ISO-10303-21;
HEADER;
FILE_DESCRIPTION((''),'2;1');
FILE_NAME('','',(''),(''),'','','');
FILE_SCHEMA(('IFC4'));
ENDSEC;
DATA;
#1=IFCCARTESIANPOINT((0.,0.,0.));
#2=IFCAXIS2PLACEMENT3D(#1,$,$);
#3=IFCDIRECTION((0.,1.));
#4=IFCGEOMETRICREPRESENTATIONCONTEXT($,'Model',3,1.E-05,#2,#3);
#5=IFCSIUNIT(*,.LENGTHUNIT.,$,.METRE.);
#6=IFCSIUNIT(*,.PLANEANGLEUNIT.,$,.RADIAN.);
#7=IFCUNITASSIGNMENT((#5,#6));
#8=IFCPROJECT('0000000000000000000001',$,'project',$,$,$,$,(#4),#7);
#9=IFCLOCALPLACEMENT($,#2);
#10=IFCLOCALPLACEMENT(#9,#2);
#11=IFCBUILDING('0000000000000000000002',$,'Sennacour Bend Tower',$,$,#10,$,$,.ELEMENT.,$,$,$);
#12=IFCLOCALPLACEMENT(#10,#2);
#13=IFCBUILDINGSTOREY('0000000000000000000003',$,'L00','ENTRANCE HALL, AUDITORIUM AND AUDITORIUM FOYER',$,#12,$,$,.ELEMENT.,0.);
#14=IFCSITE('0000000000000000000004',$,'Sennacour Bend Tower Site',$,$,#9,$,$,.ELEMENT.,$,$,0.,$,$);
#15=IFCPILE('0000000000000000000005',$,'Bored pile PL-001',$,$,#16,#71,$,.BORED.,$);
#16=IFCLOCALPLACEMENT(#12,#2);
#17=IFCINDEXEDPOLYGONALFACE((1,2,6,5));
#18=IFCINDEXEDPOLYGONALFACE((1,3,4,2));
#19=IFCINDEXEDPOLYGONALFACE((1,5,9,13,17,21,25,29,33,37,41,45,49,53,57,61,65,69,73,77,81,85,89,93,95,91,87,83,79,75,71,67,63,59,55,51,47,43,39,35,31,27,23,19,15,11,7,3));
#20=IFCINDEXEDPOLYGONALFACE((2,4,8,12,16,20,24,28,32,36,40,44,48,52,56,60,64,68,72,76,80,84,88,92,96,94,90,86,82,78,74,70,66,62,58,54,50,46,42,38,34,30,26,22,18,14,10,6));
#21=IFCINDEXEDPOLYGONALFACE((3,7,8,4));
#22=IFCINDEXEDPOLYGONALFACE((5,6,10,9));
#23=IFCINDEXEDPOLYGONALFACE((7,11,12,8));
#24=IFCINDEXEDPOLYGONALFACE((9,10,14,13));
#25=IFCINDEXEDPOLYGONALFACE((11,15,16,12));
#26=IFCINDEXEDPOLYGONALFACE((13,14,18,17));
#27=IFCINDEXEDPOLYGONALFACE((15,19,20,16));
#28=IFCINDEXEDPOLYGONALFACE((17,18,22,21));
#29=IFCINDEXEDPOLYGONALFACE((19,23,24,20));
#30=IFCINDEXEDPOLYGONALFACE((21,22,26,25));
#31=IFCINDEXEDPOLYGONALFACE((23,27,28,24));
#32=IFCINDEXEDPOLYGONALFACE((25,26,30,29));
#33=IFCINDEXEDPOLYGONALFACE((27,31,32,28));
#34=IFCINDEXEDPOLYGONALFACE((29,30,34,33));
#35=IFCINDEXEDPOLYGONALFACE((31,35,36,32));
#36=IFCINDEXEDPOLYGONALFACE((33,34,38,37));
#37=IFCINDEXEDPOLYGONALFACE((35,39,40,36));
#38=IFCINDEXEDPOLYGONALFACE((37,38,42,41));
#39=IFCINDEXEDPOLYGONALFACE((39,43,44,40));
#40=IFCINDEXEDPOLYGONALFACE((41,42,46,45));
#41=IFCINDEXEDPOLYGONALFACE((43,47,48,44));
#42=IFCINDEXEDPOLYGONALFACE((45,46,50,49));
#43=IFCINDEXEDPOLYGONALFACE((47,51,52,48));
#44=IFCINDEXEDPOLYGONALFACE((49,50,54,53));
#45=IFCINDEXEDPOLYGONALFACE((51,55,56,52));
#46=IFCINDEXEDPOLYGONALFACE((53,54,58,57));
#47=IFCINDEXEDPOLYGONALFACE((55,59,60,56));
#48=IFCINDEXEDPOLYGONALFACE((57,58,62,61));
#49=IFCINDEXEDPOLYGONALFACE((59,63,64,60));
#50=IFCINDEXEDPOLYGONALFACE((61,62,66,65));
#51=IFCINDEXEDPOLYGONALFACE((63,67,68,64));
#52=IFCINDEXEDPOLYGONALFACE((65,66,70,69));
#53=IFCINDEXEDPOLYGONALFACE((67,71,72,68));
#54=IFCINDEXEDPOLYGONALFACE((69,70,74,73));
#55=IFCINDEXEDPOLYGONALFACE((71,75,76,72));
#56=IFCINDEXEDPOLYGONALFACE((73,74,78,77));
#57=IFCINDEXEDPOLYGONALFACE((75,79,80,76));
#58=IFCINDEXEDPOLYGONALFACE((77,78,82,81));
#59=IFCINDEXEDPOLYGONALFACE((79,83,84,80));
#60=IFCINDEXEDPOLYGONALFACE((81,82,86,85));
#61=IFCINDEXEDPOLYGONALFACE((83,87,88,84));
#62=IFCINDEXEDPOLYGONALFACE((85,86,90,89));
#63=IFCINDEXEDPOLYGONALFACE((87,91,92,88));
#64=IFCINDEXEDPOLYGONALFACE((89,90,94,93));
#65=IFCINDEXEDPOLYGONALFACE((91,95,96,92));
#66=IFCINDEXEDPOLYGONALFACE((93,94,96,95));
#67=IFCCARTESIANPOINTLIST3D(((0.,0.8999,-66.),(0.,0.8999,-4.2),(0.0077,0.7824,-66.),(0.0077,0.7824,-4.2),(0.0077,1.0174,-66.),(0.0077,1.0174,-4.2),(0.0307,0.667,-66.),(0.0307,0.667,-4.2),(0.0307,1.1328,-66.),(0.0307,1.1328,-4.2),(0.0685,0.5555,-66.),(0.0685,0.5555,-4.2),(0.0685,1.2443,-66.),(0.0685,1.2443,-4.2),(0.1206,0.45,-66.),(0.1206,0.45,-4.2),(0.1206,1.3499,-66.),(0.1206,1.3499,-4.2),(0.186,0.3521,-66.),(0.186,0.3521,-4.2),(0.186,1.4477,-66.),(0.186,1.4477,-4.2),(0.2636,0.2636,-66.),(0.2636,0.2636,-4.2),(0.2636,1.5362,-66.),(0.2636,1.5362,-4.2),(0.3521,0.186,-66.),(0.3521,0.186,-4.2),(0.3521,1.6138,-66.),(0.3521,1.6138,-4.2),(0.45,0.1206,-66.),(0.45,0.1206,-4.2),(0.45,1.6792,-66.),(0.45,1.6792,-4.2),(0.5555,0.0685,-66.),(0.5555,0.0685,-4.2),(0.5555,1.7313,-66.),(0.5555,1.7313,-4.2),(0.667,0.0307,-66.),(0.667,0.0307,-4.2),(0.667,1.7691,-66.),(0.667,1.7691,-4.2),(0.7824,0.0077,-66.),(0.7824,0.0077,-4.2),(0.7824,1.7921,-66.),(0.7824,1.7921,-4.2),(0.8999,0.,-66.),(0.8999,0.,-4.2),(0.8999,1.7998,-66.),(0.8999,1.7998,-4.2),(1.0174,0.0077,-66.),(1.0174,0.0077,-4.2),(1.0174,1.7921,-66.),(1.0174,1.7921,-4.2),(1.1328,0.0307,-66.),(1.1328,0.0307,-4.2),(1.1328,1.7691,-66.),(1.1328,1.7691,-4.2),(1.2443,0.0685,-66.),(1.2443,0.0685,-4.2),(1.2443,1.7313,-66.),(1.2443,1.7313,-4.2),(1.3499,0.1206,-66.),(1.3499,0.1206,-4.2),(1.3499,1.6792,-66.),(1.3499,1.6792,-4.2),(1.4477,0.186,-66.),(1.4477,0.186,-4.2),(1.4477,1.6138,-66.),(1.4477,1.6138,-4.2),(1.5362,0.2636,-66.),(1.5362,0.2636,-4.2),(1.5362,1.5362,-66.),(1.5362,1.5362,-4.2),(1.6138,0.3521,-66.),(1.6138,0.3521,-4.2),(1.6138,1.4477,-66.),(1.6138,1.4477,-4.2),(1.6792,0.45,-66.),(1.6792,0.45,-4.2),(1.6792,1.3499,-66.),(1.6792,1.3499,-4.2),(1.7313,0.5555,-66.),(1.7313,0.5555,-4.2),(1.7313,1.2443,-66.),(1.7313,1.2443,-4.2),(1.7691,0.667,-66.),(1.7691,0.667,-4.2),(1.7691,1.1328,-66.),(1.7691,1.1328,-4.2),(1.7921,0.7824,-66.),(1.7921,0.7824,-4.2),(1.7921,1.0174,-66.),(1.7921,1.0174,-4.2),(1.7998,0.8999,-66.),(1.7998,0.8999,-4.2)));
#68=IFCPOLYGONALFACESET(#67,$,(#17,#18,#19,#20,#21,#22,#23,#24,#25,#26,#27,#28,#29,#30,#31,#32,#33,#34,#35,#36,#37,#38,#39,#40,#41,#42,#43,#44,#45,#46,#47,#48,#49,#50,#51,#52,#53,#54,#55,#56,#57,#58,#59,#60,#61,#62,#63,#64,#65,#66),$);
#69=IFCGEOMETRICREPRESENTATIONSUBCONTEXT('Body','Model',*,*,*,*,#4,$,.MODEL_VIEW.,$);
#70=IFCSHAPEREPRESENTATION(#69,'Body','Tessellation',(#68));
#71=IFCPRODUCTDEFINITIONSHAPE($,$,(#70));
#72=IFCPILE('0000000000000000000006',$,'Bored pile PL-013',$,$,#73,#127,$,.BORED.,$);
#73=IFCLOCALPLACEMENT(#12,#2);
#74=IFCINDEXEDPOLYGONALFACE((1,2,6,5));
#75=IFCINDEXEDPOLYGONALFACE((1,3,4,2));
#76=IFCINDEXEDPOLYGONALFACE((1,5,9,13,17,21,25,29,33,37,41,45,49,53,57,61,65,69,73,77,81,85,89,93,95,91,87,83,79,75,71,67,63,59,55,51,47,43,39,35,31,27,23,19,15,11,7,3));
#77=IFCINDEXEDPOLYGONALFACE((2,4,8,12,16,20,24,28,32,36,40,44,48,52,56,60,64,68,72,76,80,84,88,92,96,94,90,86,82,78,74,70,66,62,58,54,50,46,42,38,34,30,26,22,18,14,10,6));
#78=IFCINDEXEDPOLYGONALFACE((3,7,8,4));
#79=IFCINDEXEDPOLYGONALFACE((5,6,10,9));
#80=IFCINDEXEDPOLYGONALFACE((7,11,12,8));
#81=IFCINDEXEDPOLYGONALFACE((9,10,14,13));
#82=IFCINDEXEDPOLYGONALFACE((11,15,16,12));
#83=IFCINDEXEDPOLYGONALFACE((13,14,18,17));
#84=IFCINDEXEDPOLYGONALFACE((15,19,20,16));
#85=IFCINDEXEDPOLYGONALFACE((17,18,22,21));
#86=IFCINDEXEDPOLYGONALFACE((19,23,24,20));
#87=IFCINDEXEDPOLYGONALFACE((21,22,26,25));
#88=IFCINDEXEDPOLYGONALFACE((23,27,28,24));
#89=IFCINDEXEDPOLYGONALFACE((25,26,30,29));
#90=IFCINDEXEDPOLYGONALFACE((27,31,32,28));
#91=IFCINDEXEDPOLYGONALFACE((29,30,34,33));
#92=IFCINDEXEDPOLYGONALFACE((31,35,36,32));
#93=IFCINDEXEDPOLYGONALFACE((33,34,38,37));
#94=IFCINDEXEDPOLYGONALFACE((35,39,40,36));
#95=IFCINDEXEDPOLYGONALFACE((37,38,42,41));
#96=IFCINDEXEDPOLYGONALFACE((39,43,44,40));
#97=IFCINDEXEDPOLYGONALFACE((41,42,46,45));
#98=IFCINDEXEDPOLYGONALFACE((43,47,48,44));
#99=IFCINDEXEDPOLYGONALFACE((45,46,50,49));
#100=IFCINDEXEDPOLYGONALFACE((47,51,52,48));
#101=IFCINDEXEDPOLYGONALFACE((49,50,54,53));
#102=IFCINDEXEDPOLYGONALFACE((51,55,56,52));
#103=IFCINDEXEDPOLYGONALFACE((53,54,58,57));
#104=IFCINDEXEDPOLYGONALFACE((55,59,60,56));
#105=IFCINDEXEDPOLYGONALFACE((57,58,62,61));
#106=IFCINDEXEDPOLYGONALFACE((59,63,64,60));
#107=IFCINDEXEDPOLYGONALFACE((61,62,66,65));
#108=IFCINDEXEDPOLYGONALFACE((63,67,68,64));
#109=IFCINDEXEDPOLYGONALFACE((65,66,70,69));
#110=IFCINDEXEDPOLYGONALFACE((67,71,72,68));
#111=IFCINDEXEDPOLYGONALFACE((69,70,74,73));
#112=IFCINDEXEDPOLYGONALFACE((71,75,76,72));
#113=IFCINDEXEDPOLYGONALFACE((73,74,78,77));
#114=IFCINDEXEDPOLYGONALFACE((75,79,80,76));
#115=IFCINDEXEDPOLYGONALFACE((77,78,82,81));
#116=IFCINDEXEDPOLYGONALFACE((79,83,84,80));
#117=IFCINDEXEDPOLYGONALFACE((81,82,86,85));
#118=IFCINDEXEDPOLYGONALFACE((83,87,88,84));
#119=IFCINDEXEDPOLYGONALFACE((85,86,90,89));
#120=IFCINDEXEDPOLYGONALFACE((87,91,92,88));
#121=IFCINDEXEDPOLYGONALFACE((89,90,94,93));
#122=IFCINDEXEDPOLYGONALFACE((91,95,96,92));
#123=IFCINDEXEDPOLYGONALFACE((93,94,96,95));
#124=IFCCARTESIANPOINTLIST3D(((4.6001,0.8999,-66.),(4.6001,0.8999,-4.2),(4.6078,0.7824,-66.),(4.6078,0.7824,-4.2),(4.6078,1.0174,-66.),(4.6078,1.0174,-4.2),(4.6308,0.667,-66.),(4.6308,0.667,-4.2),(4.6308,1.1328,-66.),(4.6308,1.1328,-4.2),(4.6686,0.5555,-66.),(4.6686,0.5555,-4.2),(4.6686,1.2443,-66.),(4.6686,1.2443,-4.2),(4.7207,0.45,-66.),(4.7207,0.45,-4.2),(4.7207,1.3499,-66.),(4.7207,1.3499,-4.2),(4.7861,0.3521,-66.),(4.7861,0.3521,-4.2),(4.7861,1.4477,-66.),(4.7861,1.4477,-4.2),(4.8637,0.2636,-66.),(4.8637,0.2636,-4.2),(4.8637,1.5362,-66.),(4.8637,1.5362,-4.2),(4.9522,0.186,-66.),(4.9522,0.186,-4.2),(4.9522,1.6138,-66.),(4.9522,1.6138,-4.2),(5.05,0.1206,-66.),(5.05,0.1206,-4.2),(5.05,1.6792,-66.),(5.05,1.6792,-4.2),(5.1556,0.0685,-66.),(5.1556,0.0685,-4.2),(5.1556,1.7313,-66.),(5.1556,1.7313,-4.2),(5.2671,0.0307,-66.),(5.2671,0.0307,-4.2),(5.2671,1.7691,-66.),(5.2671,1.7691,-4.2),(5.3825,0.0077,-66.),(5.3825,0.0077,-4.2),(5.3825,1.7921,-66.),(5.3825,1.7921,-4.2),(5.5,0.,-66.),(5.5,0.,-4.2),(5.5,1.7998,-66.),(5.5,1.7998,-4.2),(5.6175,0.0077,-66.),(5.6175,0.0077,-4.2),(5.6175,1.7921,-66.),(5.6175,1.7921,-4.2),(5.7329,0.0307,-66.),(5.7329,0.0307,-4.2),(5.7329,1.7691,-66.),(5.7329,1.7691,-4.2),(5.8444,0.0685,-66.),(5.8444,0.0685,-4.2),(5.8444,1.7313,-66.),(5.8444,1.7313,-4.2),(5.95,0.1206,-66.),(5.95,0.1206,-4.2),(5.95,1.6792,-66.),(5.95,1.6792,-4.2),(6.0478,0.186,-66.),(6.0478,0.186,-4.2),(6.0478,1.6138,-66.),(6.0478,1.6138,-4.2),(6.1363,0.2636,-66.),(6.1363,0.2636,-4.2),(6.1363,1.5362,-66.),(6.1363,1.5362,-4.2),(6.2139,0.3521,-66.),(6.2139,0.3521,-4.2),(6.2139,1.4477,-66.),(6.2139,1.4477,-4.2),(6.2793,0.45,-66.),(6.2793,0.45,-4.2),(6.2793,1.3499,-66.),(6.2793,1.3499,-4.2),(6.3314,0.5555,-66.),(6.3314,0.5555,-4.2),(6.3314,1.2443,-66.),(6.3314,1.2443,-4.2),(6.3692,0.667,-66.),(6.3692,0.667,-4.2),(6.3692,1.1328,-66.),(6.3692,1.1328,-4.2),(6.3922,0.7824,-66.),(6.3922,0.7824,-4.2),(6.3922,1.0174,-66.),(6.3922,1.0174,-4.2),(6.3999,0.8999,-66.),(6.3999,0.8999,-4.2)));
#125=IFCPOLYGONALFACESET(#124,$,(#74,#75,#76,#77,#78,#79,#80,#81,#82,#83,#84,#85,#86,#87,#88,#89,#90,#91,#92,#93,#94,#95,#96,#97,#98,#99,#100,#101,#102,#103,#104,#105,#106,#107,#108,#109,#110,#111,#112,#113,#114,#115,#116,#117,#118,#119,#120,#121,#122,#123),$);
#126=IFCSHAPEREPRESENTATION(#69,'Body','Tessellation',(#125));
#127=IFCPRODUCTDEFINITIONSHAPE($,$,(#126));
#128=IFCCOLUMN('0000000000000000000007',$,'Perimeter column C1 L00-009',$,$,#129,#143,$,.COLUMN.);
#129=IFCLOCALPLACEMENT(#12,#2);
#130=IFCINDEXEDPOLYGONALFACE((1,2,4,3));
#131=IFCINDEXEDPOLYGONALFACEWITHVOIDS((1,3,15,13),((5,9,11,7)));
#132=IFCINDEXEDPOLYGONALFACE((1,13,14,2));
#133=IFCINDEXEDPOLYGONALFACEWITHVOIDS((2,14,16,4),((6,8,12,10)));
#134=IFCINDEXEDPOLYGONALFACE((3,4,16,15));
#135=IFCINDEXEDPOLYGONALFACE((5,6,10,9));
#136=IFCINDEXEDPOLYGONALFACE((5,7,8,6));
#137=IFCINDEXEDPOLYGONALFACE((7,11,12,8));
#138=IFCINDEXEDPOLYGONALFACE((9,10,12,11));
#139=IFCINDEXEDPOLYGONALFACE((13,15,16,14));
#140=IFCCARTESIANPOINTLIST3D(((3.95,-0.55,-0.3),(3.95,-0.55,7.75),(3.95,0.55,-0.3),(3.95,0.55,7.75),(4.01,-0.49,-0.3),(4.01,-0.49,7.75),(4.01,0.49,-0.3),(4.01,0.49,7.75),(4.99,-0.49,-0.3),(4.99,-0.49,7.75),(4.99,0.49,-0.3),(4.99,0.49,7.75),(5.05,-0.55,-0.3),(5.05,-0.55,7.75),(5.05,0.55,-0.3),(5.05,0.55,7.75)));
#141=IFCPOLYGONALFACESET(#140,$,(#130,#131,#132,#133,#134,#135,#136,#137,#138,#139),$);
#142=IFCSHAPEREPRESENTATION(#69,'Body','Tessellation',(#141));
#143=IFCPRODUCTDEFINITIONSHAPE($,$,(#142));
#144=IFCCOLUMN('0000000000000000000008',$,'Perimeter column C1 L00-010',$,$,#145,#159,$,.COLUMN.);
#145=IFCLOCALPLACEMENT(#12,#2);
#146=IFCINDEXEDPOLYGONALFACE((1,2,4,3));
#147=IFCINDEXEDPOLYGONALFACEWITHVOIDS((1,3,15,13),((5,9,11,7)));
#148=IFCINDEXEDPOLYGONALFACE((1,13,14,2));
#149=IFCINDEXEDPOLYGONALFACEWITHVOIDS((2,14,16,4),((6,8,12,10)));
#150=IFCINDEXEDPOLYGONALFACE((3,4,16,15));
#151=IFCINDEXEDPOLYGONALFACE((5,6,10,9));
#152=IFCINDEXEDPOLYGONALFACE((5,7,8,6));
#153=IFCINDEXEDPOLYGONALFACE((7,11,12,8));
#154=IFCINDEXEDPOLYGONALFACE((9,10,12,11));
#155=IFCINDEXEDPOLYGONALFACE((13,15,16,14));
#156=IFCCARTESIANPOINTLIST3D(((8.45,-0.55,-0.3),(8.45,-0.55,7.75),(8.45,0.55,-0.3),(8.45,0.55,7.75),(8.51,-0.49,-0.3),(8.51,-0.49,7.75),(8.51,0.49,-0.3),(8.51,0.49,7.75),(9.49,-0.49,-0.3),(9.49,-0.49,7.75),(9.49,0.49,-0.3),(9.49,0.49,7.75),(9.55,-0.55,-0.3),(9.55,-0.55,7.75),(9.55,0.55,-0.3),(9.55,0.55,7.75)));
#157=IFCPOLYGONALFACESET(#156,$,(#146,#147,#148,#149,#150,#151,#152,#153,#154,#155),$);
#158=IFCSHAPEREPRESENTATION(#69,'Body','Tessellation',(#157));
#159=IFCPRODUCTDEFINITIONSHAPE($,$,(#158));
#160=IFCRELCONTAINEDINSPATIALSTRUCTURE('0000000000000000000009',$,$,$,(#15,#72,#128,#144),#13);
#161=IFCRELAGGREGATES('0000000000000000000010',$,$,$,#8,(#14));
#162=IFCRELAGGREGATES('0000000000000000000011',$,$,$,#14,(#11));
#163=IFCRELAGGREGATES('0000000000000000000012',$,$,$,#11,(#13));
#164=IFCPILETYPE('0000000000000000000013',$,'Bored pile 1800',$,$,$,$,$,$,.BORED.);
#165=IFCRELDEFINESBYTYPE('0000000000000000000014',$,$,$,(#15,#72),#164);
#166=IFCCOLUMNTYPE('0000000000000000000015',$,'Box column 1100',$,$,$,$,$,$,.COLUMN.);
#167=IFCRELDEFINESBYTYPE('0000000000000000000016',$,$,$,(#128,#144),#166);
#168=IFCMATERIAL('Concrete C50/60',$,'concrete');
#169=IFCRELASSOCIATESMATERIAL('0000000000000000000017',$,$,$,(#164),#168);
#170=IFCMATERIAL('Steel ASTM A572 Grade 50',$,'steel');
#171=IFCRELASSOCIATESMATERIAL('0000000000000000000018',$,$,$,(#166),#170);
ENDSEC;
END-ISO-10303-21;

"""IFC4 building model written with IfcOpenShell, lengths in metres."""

from ifc_helpers import new_model, si_unit, direction, frame, origin, origin_2d, place, context, subcontext, project, spatial, hollow_rectangle, circle, extrude, material, material_profile, profile_set, type_object, element, save


model = new_model("IFC4")

# Units and contexts
model_context = context("Model", 3, precision=1e-05, world=origin(), true_north=direction((0.0, 1.0)))
body_context = subcontext(model_context, "Body", "Model", "MODEL_VIEW")
ifc_project = project(units=[si_unit("LENGTHUNIT", "METRE"), si_unit("PLANEANGLEUNIT", "RADIAN")], contexts=[model_context])

# Site, building, storey
site_placement = place(None, origin())
site = spatial("IfcSite", under=ifc_project, at=site_placement, Name="Sennacour Bend Tower Site", CompositionType="ELEMENT", RefElevation=0.0)
building_placement = place(site_placement, origin())
building = spatial("IfcBuilding", under=site, at=building_placement, Name="Sennacour Bend Tower", CompositionType="ELEMENT")
storey_placement = place(building_placement, origin())
storey = spatial("IfcBuildingStorey", under=building, at=storey_placement, Name="L00", Description="ENTRANCE HALL, AUDITORIUM AND AUDITORIUM FOYER", CompositionType="ELEMENT", Elevation=0.0)

# Piles
ifc_material_1 = material(Name="Concrete C50/60", Category="concrete")
ifc_material_profile_1 = material_profile(ifc_material_1, circle(Radius=0.8999, at=origin_2d()), Name="Concrete C50/60", Category="concrete")
ifc_profile_set_1 = profile_set([ifc_material_profile_1], Name="Concrete C50/60")
pile_type = type_object("IfcPileType", Name="Bored pile 1800", PredefinedType="BORED", material=ifc_profile_set_1)
for number, where, z_axis, x_axis, name in (
    (1, (0.8999, 0.8999, -4.2), (0.0, 0.0, -1.0), (1.0, 0.0, 0.0), "Bored pile PL-001"),
    (2, (5.5, 0.8999, -4.2), (0.0, 0.0, -1.0), (1.0, 0.0, 0.0), "Bored pile PL-013"),
):
    element("IfcPile", number, at=place(storey_placement, frame(where, z_axis=z_axis, x_axis=x_axis)), inside=storey, type_object=pile_type, Name=name, PredefinedType="BORED", context=body_context, shape_type="SweptSolid", body=[
        extrude(circle(Radius=0.8999, at=origin_2d()), origin(), (0.0, 0.0, 1.0), 61.8),
    ])

# Columns
ifc_material_2 = material(Name="Steel ASTM A572 Grade 50", Category="steel")
ifc_material_profile_2 = material_profile(ifc_material_2, hollow_rectangle(XDim=1.1001, YDim=1.1001, WallThickness=0.0601, at=origin_2d()), Name="Steel ASTM A572 Grade 50", Category="steel")
ifc_profile_set_2 = profile_set([ifc_material_profile_2], Name="Steel ASTM A572 Grade 50")
column_type = type_object("IfcColumnType", Name="Box column 1100", PredefinedType="COLUMN", material=ifc_profile_set_2)
for number, where, z_axis, x_axis, name in (
    (3, (4.5, 0.0, -0.3), (0.0, 0.0, 1.0), (1.0, 0.0, 0.0), "Perimeter column C1 L00-009"),
    (4, (9.0, 0.0, -0.3), (0.0, 0.0, 1.0), (1.0, 0.0, 0.0), "Perimeter column C1 L00-010"),
):
    element("IfcColumn", number, at=place(storey_placement, frame(where, z_axis=z_axis, x_axis=x_axis)), inside=storey, type_object=column_type, Name=name, PredefinedType="COLUMN", context=body_context, shape_type="SweptSolid", body=[
        extrude(hollow_rectangle(XDim=1.1001, YDim=1.1001, WallThickness=0.0601, at=origin_2d()), origin(), (0.0, 0.0, 1.0), 8.05),
    ])

save(model, "model.ifc")
